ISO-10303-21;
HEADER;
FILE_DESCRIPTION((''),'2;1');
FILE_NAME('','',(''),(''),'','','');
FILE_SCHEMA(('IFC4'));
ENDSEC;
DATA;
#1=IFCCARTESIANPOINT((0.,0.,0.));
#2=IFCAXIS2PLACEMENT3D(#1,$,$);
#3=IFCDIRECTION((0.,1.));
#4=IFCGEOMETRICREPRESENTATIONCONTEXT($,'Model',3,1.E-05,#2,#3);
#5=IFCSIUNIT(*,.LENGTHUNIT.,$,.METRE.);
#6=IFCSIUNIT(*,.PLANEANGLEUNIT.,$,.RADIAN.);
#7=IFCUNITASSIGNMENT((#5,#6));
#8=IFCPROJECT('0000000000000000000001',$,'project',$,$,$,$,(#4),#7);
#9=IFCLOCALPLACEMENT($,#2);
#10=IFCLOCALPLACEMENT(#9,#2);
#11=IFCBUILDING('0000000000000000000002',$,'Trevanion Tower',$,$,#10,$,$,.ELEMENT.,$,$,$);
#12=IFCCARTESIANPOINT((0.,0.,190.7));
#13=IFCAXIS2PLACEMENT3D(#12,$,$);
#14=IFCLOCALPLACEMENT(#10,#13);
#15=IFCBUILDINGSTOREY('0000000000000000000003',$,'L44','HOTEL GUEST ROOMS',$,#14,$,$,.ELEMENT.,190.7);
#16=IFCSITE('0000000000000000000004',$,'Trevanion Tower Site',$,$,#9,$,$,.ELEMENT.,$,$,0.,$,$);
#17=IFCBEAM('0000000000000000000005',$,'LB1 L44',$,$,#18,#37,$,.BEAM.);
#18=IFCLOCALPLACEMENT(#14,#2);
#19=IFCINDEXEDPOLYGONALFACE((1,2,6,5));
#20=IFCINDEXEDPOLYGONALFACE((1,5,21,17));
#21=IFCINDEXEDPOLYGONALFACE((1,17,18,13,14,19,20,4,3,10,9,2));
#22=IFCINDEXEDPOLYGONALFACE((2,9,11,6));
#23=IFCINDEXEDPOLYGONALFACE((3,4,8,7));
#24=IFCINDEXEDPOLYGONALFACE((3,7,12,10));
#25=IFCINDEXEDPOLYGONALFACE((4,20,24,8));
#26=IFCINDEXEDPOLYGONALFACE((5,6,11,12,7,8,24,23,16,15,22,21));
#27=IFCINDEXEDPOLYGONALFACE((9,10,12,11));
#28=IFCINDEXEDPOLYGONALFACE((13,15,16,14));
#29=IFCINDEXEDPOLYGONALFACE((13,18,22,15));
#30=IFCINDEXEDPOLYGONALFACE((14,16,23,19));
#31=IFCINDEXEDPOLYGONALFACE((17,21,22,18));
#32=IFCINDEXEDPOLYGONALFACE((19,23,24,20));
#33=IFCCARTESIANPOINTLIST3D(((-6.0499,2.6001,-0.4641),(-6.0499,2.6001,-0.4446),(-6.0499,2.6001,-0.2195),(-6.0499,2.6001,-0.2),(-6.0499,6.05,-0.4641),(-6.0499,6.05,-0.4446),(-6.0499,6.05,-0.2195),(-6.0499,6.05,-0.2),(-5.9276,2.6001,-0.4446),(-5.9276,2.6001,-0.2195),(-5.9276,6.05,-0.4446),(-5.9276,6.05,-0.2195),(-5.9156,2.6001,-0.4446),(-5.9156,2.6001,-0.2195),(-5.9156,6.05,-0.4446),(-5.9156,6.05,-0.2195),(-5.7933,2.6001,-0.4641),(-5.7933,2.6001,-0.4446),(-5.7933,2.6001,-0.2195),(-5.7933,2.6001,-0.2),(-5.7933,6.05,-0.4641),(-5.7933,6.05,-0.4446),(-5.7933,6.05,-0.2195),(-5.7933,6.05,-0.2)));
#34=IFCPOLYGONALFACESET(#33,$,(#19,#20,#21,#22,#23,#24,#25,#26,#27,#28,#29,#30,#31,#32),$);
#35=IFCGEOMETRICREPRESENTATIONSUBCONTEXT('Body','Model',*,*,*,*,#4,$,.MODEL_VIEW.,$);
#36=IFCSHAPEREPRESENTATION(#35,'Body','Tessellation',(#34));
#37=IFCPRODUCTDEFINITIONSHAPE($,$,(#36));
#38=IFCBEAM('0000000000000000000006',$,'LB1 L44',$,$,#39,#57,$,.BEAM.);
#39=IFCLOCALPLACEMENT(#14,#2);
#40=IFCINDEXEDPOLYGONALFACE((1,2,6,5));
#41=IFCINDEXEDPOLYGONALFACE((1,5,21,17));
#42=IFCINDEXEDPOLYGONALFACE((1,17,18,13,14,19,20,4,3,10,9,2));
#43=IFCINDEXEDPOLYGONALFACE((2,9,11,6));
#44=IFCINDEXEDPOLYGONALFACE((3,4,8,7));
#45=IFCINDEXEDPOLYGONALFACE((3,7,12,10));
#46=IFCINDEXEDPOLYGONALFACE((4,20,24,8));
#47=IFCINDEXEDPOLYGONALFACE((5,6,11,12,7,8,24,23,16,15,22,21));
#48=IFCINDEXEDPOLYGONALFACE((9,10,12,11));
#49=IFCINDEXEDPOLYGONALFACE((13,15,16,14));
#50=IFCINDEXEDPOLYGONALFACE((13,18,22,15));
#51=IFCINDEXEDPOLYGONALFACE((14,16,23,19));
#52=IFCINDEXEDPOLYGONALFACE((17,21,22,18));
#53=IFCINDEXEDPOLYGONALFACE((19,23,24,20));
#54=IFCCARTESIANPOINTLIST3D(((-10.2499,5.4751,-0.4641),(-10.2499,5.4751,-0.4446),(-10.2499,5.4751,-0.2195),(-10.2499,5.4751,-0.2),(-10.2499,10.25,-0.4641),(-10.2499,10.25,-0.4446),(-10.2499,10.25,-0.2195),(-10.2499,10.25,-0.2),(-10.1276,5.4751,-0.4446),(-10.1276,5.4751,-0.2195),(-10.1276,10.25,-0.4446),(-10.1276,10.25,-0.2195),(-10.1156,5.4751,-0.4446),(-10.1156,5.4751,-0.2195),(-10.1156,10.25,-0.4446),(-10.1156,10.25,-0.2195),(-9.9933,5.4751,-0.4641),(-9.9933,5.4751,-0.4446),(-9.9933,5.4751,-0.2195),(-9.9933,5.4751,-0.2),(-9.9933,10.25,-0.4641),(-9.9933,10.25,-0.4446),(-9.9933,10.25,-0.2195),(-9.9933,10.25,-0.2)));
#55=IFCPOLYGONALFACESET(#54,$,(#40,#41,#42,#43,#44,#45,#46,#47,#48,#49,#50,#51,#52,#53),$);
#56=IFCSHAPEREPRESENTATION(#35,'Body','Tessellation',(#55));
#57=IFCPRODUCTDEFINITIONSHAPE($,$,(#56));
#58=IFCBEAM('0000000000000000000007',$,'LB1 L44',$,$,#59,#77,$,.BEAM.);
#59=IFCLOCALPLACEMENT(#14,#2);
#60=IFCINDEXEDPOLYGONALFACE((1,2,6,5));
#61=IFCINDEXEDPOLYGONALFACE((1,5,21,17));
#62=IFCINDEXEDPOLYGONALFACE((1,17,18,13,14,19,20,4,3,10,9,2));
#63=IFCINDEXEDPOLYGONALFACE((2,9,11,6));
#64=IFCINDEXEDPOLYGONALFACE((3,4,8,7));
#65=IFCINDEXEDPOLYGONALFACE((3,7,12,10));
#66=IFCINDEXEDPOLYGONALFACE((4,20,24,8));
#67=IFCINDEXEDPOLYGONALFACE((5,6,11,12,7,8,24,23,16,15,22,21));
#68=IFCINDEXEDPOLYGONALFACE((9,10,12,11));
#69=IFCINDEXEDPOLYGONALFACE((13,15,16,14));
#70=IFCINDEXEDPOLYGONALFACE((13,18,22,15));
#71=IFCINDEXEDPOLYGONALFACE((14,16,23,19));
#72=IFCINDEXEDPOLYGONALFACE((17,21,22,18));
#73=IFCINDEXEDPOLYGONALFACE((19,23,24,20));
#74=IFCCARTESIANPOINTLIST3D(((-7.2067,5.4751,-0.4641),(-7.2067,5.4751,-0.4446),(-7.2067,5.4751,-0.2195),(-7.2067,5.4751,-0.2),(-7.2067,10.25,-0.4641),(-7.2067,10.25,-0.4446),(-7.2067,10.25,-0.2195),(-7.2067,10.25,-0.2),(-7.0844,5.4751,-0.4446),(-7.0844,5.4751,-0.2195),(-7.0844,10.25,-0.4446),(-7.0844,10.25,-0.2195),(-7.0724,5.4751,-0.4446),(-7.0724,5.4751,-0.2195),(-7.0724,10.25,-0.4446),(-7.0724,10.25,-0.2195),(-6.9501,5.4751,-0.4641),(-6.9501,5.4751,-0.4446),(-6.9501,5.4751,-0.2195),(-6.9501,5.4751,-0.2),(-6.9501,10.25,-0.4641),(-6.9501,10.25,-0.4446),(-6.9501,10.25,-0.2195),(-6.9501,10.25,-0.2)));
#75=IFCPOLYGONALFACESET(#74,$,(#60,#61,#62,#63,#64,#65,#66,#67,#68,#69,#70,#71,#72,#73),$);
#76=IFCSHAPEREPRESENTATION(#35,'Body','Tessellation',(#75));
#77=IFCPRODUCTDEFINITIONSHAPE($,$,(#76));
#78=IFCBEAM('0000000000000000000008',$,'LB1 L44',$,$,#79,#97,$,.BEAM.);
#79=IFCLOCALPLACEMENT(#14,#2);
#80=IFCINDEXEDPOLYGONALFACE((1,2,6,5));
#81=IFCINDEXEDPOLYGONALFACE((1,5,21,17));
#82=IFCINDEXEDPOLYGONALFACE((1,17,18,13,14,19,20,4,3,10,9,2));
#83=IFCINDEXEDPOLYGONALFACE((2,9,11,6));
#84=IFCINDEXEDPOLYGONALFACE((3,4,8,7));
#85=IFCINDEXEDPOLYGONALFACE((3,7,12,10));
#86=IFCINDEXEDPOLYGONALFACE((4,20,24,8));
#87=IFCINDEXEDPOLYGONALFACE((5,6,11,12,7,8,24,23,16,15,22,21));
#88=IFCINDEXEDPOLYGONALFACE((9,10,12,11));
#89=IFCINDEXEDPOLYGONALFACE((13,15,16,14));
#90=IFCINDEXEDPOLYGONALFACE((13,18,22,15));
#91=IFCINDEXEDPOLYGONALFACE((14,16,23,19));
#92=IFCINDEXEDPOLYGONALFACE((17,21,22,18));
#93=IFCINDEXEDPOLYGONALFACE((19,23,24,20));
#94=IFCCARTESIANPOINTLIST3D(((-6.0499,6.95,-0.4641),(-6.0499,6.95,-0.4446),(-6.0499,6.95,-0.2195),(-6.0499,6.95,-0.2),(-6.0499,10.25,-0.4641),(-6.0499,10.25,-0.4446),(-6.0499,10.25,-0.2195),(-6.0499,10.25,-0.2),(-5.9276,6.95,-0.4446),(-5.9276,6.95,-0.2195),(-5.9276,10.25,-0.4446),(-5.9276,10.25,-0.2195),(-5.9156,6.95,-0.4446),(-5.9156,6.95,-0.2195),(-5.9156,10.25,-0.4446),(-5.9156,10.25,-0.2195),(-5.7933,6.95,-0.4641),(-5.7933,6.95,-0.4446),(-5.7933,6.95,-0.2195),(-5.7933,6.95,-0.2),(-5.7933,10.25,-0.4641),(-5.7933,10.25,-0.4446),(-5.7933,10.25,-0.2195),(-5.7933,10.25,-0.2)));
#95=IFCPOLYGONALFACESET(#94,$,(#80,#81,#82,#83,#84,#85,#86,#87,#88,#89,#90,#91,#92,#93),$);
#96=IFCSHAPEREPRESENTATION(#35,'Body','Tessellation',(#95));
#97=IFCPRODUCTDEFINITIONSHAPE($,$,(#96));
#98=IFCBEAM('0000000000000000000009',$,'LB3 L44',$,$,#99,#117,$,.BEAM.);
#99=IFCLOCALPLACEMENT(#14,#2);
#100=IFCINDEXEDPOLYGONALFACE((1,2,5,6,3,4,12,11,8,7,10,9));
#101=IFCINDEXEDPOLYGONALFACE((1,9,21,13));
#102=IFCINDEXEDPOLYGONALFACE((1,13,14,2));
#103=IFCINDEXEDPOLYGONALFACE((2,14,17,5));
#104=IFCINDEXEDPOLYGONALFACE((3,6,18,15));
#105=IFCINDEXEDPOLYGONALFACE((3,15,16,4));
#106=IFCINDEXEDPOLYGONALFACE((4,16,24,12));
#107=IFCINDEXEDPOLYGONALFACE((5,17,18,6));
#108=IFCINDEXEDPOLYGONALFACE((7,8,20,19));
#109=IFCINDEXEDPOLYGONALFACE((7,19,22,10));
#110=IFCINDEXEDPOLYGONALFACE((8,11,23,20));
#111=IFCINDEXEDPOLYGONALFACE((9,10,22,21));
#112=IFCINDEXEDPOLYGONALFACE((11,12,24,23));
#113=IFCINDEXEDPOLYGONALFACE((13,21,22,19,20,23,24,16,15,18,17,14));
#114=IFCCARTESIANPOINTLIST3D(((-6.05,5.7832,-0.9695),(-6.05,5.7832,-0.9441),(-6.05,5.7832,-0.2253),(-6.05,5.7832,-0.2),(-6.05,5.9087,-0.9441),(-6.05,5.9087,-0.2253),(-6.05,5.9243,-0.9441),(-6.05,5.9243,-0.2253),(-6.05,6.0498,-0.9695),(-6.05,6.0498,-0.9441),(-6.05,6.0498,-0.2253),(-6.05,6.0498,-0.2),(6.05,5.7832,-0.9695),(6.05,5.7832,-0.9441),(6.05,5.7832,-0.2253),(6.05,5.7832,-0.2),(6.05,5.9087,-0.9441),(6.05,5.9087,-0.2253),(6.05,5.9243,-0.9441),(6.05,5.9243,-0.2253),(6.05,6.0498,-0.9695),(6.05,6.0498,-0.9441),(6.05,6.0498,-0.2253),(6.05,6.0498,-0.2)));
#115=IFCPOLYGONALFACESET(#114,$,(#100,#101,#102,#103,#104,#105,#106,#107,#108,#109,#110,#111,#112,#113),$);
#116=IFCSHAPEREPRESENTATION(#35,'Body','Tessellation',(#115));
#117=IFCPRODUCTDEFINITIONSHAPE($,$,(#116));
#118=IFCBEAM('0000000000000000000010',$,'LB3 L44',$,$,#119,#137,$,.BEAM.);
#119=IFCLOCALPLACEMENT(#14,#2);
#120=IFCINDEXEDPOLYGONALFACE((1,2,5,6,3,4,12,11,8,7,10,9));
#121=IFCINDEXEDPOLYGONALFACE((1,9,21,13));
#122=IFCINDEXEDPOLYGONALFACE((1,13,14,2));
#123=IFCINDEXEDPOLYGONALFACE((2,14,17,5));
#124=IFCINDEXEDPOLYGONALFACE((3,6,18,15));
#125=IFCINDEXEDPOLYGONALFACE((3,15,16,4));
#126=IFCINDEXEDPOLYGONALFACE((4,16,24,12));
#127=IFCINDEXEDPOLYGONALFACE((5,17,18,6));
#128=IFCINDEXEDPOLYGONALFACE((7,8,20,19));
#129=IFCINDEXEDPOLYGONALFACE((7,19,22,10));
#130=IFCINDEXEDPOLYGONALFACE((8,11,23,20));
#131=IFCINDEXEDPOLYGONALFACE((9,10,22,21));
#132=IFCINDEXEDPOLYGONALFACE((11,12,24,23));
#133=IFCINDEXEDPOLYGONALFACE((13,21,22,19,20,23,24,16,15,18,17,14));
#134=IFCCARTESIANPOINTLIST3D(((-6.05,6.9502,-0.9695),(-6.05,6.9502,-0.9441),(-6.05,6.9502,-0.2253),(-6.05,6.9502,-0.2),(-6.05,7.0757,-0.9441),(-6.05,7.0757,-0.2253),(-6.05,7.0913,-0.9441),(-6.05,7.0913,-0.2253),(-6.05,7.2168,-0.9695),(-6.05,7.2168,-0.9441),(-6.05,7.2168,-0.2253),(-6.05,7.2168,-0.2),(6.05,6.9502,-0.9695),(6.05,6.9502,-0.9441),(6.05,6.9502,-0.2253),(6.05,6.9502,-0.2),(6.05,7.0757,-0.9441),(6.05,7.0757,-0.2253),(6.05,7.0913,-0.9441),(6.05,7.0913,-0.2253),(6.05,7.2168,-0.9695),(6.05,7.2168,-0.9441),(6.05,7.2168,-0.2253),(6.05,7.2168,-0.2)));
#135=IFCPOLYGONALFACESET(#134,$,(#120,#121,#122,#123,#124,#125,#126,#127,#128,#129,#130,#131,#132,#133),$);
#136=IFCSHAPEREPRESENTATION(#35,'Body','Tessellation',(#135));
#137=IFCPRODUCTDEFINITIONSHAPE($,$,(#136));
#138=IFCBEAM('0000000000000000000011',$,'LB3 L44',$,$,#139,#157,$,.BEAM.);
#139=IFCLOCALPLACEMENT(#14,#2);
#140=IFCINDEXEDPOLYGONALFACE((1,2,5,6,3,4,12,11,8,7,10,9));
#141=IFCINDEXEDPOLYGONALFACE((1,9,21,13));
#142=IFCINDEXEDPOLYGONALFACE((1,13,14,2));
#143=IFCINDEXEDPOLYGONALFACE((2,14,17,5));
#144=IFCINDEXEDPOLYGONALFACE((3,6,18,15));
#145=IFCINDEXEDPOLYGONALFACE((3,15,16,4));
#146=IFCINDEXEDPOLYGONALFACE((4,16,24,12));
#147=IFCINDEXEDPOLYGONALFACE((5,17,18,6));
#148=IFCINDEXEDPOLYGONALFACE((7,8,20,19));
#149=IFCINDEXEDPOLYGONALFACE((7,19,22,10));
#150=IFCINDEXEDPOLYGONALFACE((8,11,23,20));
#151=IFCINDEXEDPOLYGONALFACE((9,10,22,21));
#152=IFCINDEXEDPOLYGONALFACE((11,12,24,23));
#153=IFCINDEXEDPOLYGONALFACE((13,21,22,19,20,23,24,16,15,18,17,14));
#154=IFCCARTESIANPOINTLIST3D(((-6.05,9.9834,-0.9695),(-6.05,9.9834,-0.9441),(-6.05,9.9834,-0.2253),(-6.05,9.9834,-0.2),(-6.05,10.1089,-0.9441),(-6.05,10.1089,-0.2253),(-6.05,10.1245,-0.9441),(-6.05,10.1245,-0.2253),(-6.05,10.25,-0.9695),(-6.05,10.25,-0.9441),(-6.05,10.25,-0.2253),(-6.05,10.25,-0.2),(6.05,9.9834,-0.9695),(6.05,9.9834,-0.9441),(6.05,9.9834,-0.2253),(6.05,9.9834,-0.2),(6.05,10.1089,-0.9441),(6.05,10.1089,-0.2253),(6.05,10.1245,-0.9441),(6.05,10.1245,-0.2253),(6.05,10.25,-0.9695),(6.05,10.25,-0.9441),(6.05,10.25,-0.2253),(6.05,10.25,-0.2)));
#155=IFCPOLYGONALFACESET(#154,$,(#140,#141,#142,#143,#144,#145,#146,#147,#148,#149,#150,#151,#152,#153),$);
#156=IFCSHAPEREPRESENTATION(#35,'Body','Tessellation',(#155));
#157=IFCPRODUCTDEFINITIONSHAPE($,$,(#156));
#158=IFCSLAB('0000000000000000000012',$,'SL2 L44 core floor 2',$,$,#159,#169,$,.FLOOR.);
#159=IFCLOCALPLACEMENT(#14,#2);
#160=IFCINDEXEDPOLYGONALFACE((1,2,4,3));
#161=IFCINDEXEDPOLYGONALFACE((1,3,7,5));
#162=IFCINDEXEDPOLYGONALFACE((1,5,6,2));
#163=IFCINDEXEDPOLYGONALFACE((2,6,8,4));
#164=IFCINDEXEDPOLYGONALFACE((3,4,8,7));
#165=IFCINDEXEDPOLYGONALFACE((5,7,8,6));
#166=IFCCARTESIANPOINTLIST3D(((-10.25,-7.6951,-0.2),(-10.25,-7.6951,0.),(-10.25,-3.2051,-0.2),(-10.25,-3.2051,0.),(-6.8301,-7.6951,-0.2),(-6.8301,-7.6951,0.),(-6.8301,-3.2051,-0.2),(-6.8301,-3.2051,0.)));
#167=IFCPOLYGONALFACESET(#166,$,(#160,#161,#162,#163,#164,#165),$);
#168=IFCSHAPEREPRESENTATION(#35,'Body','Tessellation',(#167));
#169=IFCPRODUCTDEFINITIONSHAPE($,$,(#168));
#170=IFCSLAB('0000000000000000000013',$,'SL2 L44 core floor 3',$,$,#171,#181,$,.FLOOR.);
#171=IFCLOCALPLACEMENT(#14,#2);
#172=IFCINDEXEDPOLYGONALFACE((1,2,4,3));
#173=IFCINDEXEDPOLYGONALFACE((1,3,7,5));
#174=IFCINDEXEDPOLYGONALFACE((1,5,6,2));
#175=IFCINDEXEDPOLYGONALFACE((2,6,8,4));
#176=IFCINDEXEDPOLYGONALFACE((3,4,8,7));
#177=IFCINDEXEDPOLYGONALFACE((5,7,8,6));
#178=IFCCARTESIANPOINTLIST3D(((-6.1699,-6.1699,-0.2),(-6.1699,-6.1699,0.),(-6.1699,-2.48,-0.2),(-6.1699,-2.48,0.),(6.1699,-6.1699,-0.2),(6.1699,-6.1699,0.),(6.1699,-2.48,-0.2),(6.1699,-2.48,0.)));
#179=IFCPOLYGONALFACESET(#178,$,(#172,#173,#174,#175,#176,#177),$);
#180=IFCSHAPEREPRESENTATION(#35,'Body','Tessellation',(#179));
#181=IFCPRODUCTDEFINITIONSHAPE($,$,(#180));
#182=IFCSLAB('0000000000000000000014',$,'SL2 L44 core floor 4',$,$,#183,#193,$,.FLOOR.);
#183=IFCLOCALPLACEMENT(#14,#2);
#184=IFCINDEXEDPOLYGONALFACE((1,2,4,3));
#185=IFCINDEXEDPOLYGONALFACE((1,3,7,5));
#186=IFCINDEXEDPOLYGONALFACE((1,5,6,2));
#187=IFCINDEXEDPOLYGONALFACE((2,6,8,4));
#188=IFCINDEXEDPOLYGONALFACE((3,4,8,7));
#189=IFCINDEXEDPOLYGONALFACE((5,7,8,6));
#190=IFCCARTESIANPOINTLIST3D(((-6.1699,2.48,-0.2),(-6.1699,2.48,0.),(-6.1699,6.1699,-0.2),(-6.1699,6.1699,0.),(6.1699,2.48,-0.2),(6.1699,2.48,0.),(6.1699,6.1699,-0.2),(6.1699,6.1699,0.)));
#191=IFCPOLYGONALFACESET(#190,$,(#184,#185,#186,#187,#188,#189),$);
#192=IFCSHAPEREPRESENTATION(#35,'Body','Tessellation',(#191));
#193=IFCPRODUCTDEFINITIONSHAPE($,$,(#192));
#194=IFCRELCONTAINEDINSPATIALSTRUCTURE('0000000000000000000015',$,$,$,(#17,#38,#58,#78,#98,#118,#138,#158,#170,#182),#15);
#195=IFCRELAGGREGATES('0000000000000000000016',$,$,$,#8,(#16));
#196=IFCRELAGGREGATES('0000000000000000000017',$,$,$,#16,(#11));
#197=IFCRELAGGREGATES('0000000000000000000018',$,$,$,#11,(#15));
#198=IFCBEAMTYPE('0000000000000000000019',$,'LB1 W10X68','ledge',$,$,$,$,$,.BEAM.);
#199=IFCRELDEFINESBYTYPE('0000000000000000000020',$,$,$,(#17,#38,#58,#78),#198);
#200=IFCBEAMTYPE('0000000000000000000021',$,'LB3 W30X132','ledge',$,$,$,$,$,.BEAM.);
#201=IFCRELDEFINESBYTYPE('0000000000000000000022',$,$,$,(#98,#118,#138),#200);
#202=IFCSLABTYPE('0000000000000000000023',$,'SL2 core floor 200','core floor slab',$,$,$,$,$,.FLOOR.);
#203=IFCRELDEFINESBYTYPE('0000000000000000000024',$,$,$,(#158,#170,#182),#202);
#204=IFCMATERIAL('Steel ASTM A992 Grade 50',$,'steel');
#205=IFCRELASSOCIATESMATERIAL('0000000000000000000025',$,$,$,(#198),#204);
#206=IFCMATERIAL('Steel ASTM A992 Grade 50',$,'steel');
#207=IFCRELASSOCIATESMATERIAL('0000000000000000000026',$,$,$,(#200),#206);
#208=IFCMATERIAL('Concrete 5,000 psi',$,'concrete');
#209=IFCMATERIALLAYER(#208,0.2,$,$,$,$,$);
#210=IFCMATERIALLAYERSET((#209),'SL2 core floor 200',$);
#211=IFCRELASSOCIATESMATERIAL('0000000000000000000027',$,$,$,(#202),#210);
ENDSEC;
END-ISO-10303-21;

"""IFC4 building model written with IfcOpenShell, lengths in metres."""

from ifc_helpers import new_model, si_unit, direction, frame, origin, origin_2d, place, context, subcontext, project, spatial, polyline, i_section, outline, extrude, material, layer, layer_set, material_profile, profile_set, type_object, element, save


model = new_model("IFC4")

# Units and contexts
model_context = context("Model", 3, precision=1e-05, world=origin(), true_north=direction((0.0, 1.0)))
body_context = subcontext(model_context, "Body", "Model", "MODEL_VIEW")
ifc_project = project(units=[si_unit("LENGTHUNIT", "METRE"), si_unit("PLANEANGLEUNIT", "RADIAN")], contexts=[model_context])

# Site, building, storey
site_placement = place(None, origin())
site = spatial("IfcSite", under=ifc_project, at=site_placement, Name="Trevanion Tower Site", CompositionType="ELEMENT", RefElevation=0.0)
building_placement = place(site_placement, origin())
building = spatial("IfcBuilding", under=site, at=building_placement, Name="Trevanion Tower", CompositionType="ELEMENT")
storey_placement = place(building_placement, frame((0.0, 0.0, 190.7)))
storey = spatial("IfcBuildingStorey", under=building, at=storey_placement, Name="L44", Description="HOTEL GUEST ROOMS", CompositionType="ELEMENT", Elevation=190.7)

# Beams
ifc_material_1 = material(Name="Steel ASTM A992 Grade 50", Category="steel")
ifc_material_profile_1 = material_profile(ifc_material_1, i_section(OverallWidth=0.2566, OverallDepth=0.2642, WebThickness=0.012, FlangeThickness=0.0195, at=origin_2d()), Name="W10X68")
ifc_profile_set_1 = profile_set([ifc_material_profile_1], Name="Steel ASTM A992 Grade 50")
beam_type_1 = type_object("IfcBeamType", Name="LB1 W10X68", Description="ledge", PredefinedType="BEAM", material=ifc_profile_set_1)
beam_1_placement = place(storey_placement, frame((-5.9216, 2.6001, -0.332), z_axis=(0.0, 1.0, 0.0), x_axis=(-1.0, 0.0, 0.0)))
element("IfcBeam", 1, at=beam_1_placement, inside=storey, type_object=beam_type_1, Name="LB1 L44", PredefinedType="BEAM", context=body_context, shape_type="SweptSolid", body=[
    extrude(i_section(OverallWidth=0.2566, OverallDepth=0.2642, WebThickness=0.012, FlangeThickness=0.0195, at=origin_2d()), origin(), (0.0, 0.0, 1.0), 3.45),
])
for number, where, z_axis, x_axis, name in (
    (2, (-10.1216, 5.4751, -0.332), (0.0, 1.0, 0.0), (-1.0, 0.0, 0.0), "LB1 L44"),
    (3, (-7.0784, 5.4751, -0.332), (0.0, 1.0, 0.0), (-1.0, 0.0, 0.0), "LB1 L44"),
):
    element("IfcBeam", number, at=place(storey_placement, frame(where, z_axis=z_axis, x_axis=x_axis)), inside=storey, type_object=beam_type_1, Name=name, PredefinedType="BEAM", context=body_context, shape_type="SweptSolid", body=[
        extrude(i_section(OverallWidth=0.2566, OverallDepth=0.2642, WebThickness=0.012, FlangeThickness=0.0195, at=origin_2d()), origin(), (0.0, 0.0, 1.0), 4.7749),
    ])
beam_2_placement = place(storey_placement, frame((-5.9216, 6.95, -0.332), z_axis=(0.0, 1.0, 0.0), x_axis=(-1.0, 0.0, 0.0)))
element("IfcBeam", 4, at=beam_2_placement, inside=storey, type_object=beam_type_1, Name="LB1 L44", PredefinedType="BEAM", context=body_context, shape_type="SweptSolid", body=[
    extrude(i_section(OverallWidth=0.2566, OverallDepth=0.2642, WebThickness=0.012, FlangeThickness=0.0195, at=origin_2d()), origin(), (0.0, 0.0, 1.0), 3.3),
])
ifc_material_2 = material(Name="Steel ASTM A992 Grade 50", Category="steel")
ifc_material_profile_2 = material_profile(ifc_material_2, i_section(OverallWidth=0.2666, OverallDepth=0.7695, WebThickness=0.0156, FlangeThickness=0.0254, at=origin_2d()), Name="W30X132")
ifc_profile_set_2 = profile_set([ifc_material_profile_2], Name="Steel ASTM A992 Grade 50")
beam_type_2 = type_object("IfcBeamType", Name="LB3 W30X132", Description="ledge", PredefinedType="BEAM", material=ifc_profile_set_2)
for number, where, z_axis, x_axis, name in (
    (5, (-6.05, 5.9165, -0.5847), (1.0, 0.0, 0.0), (0.0, 1.0, 0.0), "LB3 L44"),
    (6, (-6.05, 7.0835, -0.5847), (1.0, 0.0, 0.0), (0.0, 1.0, 0.0), "LB3 L44"),
    (7, (-6.05, 10.1167, -0.5847), (1.0, 0.0, 0.0), (0.0, 1.0, 0.0), "LB3 L44"),
):
    element("IfcBeam", number, at=place(storey_placement, frame(where, z_axis=z_axis, x_axis=x_axis)), inside=storey, type_object=beam_type_2, Name=name, PredefinedType="BEAM", context=body_context, shape_type="SweptSolid", body=[
        extrude(i_section(OverallWidth=0.2666, OverallDepth=0.7695, WebThickness=0.0156, FlangeThickness=0.0254, at=origin_2d()), origin(), (0.0, 0.0, 1.0), 12.1001),
    ])

# Slabs
ifc_material_3 = material(Name="Concrete 5,000 psi", Category="concrete")
ifc_layer_1 = layer(ifc_material_3, 0.2)
ifc_layer_set_1 = layer_set([ifc_layer_1], Name="SL2 core floor 200")
slab_type_1 = type_object("IfcSlabType", Name="SL2 core floor 200", Description="core floor slab", PredefinedType="FLOOR", material=ifc_layer_set_1)
slab_1_placement = place(storey_placement, frame((0.0, 0.0, -0.2)))
element("IfcSlab", 8, at=slab_1_placement, inside=storey, type_object=slab_type_1, Name="SL2 L44 core floor 2", PredefinedType="FLOOR", context=body_context, shape_type="SweptSolid", body=[
    extrude(outline(polyline([(-6.8301, -3.2051), (-6.8301, -7.6951), (-10.25, -7.6951), (-10.25, -3.2051), (-6.8301, -3.2051)])), origin(), (0.0, 0.0, 1.0), 0.2),
])
slab_2_placement = place(storey_placement, frame((0.0, 0.0, -0.2)))
element("IfcSlab", 9, at=slab_2_placement, inside=storey, type_object=slab_type_1, Name="SL2 L44 core floor 3", PredefinedType="FLOOR", context=body_context, shape_type="SweptSolid", body=[
    extrude(outline(polyline([(6.1699, -6.1699), (-6.1699, -6.1699), (-6.1699, -2.48), (6.1699, -2.48), (6.1699, -6.1699)])), origin(), (0.0, 0.0, 1.0), 0.2),
])
slab_3_placement = place(storey_placement, frame((0.0, 0.0, -0.2)))
element("IfcSlab", 10, at=slab_3_placement, inside=storey, type_object=slab_type_1, Name="SL2 L44 core floor 4", PredefinedType="FLOOR", context=body_context, shape_type="SweptSolid", body=[
    extrude(outline(polyline([(6.1699, 2.48), (-6.1699, 2.48), (-6.1699, 6.1699), (6.1699, 6.1699), (6.1699, 2.48)])), origin(), (0.0, 0.0, 1.0), 0.2),
])

save(model, "model.ifc")
